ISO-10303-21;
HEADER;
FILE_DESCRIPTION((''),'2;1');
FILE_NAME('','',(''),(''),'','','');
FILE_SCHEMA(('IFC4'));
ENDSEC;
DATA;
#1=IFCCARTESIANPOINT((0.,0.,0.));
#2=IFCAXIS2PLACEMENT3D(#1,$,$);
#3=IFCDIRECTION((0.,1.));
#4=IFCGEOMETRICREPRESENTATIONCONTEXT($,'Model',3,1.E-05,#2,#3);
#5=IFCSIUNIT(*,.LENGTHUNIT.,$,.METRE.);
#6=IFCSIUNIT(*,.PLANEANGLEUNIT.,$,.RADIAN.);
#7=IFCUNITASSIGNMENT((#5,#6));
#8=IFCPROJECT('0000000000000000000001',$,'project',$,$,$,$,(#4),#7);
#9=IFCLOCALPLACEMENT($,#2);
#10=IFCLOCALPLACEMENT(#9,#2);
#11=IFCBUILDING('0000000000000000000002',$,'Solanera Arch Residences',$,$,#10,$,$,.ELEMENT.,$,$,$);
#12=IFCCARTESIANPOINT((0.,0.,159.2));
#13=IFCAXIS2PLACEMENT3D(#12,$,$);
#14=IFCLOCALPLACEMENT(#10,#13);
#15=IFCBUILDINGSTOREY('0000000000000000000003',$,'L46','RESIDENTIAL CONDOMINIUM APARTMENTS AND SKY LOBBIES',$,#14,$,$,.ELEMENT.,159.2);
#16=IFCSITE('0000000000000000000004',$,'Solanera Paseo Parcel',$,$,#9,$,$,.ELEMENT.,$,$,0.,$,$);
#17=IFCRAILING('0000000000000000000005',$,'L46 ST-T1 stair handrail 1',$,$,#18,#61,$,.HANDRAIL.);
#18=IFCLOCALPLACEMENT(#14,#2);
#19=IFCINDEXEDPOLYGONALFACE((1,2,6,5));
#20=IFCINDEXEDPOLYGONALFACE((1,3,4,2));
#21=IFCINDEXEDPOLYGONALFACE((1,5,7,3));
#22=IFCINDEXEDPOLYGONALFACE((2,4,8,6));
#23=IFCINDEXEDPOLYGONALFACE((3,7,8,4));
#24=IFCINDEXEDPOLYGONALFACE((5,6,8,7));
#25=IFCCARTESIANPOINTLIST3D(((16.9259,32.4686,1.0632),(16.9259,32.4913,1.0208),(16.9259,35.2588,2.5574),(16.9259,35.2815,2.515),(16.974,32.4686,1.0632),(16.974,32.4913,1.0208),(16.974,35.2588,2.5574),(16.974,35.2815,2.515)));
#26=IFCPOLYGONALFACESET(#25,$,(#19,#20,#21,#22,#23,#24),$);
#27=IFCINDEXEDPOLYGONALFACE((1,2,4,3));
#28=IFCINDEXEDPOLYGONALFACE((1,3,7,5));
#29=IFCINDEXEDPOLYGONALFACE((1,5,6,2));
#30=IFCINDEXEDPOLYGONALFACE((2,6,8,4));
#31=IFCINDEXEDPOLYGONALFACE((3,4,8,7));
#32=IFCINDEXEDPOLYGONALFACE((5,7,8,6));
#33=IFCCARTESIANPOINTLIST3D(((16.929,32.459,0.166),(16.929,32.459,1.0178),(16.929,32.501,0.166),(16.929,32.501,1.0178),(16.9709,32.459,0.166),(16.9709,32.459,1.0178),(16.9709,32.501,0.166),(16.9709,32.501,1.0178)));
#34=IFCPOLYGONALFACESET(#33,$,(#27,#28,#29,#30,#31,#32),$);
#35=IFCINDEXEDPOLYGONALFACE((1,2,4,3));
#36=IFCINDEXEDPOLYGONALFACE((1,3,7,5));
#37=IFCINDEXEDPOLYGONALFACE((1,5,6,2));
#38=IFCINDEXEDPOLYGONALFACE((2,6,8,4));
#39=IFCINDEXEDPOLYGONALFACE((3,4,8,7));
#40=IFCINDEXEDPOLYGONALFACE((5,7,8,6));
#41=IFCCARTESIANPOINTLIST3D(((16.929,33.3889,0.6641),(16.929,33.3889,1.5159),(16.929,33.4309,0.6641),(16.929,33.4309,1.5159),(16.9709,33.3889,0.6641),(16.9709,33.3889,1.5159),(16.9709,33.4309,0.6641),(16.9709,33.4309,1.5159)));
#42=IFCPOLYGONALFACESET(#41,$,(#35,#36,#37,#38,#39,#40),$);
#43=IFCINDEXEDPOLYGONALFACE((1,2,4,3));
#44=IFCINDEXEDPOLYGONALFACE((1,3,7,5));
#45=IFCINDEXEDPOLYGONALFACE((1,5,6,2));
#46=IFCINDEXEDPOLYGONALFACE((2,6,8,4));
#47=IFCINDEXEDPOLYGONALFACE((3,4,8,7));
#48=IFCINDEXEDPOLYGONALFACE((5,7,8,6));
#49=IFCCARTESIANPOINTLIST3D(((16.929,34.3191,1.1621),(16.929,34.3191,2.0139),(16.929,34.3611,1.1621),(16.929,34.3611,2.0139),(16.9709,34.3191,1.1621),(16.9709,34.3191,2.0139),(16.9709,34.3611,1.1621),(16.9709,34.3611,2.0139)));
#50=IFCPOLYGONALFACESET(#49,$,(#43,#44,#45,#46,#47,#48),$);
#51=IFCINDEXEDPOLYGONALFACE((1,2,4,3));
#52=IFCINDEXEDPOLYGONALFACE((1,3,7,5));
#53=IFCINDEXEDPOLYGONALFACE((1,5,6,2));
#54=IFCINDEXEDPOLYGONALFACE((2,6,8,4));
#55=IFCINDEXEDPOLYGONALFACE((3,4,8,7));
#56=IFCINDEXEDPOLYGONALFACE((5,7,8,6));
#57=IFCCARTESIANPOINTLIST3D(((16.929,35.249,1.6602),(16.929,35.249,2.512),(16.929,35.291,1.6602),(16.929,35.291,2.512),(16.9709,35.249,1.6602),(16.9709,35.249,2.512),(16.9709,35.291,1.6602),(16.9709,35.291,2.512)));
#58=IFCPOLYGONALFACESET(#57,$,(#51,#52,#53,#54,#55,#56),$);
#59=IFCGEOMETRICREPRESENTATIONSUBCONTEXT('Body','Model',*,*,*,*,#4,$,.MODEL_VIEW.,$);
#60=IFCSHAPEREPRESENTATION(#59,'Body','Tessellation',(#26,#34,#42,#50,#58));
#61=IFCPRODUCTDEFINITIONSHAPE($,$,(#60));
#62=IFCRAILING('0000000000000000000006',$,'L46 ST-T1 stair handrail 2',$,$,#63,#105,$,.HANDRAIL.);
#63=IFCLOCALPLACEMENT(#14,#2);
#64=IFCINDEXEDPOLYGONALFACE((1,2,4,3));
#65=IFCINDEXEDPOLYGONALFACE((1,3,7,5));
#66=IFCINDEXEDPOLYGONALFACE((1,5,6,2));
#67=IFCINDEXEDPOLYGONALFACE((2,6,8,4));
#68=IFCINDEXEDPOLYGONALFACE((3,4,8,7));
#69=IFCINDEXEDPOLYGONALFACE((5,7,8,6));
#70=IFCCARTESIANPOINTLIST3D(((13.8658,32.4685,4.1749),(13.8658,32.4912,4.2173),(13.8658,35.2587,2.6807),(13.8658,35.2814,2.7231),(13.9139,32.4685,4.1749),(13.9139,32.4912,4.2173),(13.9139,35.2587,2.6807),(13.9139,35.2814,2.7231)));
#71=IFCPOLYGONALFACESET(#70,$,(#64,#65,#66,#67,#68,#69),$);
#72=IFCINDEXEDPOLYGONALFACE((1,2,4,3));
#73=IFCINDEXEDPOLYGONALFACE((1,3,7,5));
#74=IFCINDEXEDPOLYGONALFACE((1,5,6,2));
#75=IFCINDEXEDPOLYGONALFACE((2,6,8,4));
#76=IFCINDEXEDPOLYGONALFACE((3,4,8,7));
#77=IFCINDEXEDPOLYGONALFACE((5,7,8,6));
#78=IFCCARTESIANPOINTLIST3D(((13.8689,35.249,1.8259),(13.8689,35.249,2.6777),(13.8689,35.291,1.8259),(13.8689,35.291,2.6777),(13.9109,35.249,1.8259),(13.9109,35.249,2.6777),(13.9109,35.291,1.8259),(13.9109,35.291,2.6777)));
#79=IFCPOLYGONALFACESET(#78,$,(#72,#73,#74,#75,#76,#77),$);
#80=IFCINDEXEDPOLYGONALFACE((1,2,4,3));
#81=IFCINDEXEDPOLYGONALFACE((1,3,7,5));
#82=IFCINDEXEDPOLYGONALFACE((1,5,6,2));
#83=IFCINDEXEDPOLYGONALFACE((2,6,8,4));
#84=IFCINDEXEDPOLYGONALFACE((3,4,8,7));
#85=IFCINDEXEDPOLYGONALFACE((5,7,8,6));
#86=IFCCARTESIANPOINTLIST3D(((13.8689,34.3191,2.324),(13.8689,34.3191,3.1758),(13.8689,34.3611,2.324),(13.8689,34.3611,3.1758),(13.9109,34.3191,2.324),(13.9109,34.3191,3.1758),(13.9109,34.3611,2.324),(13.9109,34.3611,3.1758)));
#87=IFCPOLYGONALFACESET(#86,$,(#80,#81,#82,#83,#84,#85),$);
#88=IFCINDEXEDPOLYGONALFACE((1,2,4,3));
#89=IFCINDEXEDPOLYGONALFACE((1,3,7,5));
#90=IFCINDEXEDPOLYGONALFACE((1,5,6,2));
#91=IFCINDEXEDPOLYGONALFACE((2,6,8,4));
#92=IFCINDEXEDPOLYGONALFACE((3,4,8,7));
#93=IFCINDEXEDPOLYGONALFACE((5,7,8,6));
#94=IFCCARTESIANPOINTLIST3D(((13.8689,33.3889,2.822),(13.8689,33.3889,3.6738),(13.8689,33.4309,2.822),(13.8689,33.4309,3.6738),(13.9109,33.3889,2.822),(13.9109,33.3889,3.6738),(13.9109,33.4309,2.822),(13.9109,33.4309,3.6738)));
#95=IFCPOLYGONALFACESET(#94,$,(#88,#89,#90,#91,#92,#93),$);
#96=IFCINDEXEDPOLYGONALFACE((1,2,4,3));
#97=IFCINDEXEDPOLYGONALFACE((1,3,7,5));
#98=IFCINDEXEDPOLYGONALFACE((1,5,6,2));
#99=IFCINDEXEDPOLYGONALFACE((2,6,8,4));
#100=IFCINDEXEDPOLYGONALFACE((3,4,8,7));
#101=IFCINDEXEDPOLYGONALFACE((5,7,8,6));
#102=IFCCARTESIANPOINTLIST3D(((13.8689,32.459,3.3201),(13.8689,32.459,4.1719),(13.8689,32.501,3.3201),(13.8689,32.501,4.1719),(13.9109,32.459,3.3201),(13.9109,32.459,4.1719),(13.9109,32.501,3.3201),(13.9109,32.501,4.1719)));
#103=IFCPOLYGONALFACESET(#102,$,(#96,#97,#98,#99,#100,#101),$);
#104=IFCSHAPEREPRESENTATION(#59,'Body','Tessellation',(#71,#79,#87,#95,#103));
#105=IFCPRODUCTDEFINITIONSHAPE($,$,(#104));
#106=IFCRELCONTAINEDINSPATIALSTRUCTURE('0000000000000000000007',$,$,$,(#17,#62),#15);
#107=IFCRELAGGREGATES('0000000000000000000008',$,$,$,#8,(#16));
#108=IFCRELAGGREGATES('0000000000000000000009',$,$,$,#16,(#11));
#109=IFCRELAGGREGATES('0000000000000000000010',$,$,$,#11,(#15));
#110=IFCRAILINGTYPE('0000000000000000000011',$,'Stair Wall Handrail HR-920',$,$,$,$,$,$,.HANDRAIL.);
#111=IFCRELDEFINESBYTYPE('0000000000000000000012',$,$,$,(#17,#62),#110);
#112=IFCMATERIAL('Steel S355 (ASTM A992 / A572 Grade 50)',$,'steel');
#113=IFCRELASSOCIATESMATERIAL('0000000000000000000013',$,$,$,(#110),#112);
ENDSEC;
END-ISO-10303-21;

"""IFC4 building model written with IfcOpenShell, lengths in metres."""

from ifc_helpers import new_model, si_unit, direction, frame, origin, origin_2d, place, context, subcontext, project, spatial, rectangle, extrude, material, type_object, element, save


model = new_model("IFC4")

# Units and contexts
model_context = context("Model", 3, precision=1e-05, world=origin(), true_north=direction((0.0, 1.0)))
body_context = subcontext(model_context, "Body", "Model", "MODEL_VIEW")
ifc_project = project(units=[si_unit("LENGTHUNIT", "METRE"), si_unit("PLANEANGLEUNIT", "RADIAN")], contexts=[model_context])

# Site, building, storey
site_placement = place(None, origin())
site = spatial("IfcSite", under=ifc_project, at=site_placement, Name="Solanera Paseo Parcel", CompositionType="ELEMENT", RefElevation=0.0)
building_placement = place(site_placement, origin())
building = spatial("IfcBuilding", under=site, at=building_placement, Name="Solanera Arch Residences", CompositionType="ELEMENT")
storey_placement = place(building_placement, frame((0.0, 0.0, 159.2)))
storey = spatial("IfcBuildingStorey", under=building, at=storey_placement, Name="L46", Description="RESIDENTIAL CONDOMINIUM APARTMENTS AND SKY LOBBIES", CompositionType="ELEMENT", Elevation=159.2)

# Railings
ifc_material_1 = material(Name="Steel S355 (ASTM A992 / A572 Grade 50)", Category="steel")
railing_type_1 = type_object("IfcRailingType", Name="Stair Wall Handrail HR-920", PredefinedType="HANDRAIL", material=ifc_material_1)
railing_1_placement = place(storey_placement, frame((16.95, 32.48, 0.166)))
element("IfcRailing", 1, at=railing_1_placement, inside=storey, type_object=railing_type_1, Name="L46 ST-T1 stair handrail 1", PredefinedType="HANDRAIL", context=body_context, shape_type="SweptSolid", body=[
    extrude(rectangle(XDim=0.0481, YDim=0.0481, at=origin_2d()), frame((0.0, 0.0, 0.876), z_axis=(0.0, 0.881549, 0.472093), x_axis=(-1.0, 0.0, 0.0)), (0.0, 0.0, 1.0), 3.165),
    extrude(rectangle(XDim=0.042, YDim=0.042, at=origin_2d()), origin(), (0.0, 0.0, 1.0), 0.8518),
    extrude(rectangle(XDim=0.042, YDim=0.042, at=origin_2d()), frame((0.0, 0.9299, 0.498)), (0.0, 0.0, 1.0), 0.8518),
    extrude(rectangle(XDim=0.042, YDim=0.042, at=origin_2d()), frame((0.0, 1.8601, 0.9961)), (0.0, 0.0, 1.0), 0.8518),
    extrude(rectangle(XDim=0.042, YDim=0.042, at=origin_2d()), frame((0.0, 2.79, 1.4941)), (0.0, 0.0, 1.0), 0.8518),
])
railing_2_placement = place(storey_placement, frame((13.8899, 35.27, 1.8259)))
element("IfcRailing", 2, at=railing_2_placement, inside=storey, type_object=railing_type_1, Name="L46 ST-T1 stair handrail 2", PredefinedType="HANDRAIL", context=body_context, shape_type="SweptSolid", body=[
    extrude(rectangle(XDim=0.0481, YDim=0.0481, at=origin_2d()), frame((0.0, 0.0, 0.876), z_axis=(0.0, -0.881549, 0.472093), x_axis=(1.0, 0.0, 0.0)), (0.0, 0.0, 1.0), 3.165),
    extrude(rectangle(XDim=0.042, YDim=0.042, at=origin_2d()), origin(), (0.0, 0.0, 1.0), 0.8518),
    extrude(rectangle(XDim=0.042, YDim=0.042, at=origin_2d()), frame((0.0, -0.9299, 0.498)), (0.0, 0.0, 1.0), 0.8518),
    extrude(rectangle(XDim=0.042, YDim=0.042, at=origin_2d()), frame((0.0, -1.8601, 0.9961)), (0.0, 0.0, 1.0), 0.8518),
    extrude(rectangle(XDim=0.042, YDim=0.042, at=origin_2d()), frame((0.0, -2.79, 1.4941)), (0.0, 0.0, 1.0), 0.8518),
])

save(model, "model.ifc")
